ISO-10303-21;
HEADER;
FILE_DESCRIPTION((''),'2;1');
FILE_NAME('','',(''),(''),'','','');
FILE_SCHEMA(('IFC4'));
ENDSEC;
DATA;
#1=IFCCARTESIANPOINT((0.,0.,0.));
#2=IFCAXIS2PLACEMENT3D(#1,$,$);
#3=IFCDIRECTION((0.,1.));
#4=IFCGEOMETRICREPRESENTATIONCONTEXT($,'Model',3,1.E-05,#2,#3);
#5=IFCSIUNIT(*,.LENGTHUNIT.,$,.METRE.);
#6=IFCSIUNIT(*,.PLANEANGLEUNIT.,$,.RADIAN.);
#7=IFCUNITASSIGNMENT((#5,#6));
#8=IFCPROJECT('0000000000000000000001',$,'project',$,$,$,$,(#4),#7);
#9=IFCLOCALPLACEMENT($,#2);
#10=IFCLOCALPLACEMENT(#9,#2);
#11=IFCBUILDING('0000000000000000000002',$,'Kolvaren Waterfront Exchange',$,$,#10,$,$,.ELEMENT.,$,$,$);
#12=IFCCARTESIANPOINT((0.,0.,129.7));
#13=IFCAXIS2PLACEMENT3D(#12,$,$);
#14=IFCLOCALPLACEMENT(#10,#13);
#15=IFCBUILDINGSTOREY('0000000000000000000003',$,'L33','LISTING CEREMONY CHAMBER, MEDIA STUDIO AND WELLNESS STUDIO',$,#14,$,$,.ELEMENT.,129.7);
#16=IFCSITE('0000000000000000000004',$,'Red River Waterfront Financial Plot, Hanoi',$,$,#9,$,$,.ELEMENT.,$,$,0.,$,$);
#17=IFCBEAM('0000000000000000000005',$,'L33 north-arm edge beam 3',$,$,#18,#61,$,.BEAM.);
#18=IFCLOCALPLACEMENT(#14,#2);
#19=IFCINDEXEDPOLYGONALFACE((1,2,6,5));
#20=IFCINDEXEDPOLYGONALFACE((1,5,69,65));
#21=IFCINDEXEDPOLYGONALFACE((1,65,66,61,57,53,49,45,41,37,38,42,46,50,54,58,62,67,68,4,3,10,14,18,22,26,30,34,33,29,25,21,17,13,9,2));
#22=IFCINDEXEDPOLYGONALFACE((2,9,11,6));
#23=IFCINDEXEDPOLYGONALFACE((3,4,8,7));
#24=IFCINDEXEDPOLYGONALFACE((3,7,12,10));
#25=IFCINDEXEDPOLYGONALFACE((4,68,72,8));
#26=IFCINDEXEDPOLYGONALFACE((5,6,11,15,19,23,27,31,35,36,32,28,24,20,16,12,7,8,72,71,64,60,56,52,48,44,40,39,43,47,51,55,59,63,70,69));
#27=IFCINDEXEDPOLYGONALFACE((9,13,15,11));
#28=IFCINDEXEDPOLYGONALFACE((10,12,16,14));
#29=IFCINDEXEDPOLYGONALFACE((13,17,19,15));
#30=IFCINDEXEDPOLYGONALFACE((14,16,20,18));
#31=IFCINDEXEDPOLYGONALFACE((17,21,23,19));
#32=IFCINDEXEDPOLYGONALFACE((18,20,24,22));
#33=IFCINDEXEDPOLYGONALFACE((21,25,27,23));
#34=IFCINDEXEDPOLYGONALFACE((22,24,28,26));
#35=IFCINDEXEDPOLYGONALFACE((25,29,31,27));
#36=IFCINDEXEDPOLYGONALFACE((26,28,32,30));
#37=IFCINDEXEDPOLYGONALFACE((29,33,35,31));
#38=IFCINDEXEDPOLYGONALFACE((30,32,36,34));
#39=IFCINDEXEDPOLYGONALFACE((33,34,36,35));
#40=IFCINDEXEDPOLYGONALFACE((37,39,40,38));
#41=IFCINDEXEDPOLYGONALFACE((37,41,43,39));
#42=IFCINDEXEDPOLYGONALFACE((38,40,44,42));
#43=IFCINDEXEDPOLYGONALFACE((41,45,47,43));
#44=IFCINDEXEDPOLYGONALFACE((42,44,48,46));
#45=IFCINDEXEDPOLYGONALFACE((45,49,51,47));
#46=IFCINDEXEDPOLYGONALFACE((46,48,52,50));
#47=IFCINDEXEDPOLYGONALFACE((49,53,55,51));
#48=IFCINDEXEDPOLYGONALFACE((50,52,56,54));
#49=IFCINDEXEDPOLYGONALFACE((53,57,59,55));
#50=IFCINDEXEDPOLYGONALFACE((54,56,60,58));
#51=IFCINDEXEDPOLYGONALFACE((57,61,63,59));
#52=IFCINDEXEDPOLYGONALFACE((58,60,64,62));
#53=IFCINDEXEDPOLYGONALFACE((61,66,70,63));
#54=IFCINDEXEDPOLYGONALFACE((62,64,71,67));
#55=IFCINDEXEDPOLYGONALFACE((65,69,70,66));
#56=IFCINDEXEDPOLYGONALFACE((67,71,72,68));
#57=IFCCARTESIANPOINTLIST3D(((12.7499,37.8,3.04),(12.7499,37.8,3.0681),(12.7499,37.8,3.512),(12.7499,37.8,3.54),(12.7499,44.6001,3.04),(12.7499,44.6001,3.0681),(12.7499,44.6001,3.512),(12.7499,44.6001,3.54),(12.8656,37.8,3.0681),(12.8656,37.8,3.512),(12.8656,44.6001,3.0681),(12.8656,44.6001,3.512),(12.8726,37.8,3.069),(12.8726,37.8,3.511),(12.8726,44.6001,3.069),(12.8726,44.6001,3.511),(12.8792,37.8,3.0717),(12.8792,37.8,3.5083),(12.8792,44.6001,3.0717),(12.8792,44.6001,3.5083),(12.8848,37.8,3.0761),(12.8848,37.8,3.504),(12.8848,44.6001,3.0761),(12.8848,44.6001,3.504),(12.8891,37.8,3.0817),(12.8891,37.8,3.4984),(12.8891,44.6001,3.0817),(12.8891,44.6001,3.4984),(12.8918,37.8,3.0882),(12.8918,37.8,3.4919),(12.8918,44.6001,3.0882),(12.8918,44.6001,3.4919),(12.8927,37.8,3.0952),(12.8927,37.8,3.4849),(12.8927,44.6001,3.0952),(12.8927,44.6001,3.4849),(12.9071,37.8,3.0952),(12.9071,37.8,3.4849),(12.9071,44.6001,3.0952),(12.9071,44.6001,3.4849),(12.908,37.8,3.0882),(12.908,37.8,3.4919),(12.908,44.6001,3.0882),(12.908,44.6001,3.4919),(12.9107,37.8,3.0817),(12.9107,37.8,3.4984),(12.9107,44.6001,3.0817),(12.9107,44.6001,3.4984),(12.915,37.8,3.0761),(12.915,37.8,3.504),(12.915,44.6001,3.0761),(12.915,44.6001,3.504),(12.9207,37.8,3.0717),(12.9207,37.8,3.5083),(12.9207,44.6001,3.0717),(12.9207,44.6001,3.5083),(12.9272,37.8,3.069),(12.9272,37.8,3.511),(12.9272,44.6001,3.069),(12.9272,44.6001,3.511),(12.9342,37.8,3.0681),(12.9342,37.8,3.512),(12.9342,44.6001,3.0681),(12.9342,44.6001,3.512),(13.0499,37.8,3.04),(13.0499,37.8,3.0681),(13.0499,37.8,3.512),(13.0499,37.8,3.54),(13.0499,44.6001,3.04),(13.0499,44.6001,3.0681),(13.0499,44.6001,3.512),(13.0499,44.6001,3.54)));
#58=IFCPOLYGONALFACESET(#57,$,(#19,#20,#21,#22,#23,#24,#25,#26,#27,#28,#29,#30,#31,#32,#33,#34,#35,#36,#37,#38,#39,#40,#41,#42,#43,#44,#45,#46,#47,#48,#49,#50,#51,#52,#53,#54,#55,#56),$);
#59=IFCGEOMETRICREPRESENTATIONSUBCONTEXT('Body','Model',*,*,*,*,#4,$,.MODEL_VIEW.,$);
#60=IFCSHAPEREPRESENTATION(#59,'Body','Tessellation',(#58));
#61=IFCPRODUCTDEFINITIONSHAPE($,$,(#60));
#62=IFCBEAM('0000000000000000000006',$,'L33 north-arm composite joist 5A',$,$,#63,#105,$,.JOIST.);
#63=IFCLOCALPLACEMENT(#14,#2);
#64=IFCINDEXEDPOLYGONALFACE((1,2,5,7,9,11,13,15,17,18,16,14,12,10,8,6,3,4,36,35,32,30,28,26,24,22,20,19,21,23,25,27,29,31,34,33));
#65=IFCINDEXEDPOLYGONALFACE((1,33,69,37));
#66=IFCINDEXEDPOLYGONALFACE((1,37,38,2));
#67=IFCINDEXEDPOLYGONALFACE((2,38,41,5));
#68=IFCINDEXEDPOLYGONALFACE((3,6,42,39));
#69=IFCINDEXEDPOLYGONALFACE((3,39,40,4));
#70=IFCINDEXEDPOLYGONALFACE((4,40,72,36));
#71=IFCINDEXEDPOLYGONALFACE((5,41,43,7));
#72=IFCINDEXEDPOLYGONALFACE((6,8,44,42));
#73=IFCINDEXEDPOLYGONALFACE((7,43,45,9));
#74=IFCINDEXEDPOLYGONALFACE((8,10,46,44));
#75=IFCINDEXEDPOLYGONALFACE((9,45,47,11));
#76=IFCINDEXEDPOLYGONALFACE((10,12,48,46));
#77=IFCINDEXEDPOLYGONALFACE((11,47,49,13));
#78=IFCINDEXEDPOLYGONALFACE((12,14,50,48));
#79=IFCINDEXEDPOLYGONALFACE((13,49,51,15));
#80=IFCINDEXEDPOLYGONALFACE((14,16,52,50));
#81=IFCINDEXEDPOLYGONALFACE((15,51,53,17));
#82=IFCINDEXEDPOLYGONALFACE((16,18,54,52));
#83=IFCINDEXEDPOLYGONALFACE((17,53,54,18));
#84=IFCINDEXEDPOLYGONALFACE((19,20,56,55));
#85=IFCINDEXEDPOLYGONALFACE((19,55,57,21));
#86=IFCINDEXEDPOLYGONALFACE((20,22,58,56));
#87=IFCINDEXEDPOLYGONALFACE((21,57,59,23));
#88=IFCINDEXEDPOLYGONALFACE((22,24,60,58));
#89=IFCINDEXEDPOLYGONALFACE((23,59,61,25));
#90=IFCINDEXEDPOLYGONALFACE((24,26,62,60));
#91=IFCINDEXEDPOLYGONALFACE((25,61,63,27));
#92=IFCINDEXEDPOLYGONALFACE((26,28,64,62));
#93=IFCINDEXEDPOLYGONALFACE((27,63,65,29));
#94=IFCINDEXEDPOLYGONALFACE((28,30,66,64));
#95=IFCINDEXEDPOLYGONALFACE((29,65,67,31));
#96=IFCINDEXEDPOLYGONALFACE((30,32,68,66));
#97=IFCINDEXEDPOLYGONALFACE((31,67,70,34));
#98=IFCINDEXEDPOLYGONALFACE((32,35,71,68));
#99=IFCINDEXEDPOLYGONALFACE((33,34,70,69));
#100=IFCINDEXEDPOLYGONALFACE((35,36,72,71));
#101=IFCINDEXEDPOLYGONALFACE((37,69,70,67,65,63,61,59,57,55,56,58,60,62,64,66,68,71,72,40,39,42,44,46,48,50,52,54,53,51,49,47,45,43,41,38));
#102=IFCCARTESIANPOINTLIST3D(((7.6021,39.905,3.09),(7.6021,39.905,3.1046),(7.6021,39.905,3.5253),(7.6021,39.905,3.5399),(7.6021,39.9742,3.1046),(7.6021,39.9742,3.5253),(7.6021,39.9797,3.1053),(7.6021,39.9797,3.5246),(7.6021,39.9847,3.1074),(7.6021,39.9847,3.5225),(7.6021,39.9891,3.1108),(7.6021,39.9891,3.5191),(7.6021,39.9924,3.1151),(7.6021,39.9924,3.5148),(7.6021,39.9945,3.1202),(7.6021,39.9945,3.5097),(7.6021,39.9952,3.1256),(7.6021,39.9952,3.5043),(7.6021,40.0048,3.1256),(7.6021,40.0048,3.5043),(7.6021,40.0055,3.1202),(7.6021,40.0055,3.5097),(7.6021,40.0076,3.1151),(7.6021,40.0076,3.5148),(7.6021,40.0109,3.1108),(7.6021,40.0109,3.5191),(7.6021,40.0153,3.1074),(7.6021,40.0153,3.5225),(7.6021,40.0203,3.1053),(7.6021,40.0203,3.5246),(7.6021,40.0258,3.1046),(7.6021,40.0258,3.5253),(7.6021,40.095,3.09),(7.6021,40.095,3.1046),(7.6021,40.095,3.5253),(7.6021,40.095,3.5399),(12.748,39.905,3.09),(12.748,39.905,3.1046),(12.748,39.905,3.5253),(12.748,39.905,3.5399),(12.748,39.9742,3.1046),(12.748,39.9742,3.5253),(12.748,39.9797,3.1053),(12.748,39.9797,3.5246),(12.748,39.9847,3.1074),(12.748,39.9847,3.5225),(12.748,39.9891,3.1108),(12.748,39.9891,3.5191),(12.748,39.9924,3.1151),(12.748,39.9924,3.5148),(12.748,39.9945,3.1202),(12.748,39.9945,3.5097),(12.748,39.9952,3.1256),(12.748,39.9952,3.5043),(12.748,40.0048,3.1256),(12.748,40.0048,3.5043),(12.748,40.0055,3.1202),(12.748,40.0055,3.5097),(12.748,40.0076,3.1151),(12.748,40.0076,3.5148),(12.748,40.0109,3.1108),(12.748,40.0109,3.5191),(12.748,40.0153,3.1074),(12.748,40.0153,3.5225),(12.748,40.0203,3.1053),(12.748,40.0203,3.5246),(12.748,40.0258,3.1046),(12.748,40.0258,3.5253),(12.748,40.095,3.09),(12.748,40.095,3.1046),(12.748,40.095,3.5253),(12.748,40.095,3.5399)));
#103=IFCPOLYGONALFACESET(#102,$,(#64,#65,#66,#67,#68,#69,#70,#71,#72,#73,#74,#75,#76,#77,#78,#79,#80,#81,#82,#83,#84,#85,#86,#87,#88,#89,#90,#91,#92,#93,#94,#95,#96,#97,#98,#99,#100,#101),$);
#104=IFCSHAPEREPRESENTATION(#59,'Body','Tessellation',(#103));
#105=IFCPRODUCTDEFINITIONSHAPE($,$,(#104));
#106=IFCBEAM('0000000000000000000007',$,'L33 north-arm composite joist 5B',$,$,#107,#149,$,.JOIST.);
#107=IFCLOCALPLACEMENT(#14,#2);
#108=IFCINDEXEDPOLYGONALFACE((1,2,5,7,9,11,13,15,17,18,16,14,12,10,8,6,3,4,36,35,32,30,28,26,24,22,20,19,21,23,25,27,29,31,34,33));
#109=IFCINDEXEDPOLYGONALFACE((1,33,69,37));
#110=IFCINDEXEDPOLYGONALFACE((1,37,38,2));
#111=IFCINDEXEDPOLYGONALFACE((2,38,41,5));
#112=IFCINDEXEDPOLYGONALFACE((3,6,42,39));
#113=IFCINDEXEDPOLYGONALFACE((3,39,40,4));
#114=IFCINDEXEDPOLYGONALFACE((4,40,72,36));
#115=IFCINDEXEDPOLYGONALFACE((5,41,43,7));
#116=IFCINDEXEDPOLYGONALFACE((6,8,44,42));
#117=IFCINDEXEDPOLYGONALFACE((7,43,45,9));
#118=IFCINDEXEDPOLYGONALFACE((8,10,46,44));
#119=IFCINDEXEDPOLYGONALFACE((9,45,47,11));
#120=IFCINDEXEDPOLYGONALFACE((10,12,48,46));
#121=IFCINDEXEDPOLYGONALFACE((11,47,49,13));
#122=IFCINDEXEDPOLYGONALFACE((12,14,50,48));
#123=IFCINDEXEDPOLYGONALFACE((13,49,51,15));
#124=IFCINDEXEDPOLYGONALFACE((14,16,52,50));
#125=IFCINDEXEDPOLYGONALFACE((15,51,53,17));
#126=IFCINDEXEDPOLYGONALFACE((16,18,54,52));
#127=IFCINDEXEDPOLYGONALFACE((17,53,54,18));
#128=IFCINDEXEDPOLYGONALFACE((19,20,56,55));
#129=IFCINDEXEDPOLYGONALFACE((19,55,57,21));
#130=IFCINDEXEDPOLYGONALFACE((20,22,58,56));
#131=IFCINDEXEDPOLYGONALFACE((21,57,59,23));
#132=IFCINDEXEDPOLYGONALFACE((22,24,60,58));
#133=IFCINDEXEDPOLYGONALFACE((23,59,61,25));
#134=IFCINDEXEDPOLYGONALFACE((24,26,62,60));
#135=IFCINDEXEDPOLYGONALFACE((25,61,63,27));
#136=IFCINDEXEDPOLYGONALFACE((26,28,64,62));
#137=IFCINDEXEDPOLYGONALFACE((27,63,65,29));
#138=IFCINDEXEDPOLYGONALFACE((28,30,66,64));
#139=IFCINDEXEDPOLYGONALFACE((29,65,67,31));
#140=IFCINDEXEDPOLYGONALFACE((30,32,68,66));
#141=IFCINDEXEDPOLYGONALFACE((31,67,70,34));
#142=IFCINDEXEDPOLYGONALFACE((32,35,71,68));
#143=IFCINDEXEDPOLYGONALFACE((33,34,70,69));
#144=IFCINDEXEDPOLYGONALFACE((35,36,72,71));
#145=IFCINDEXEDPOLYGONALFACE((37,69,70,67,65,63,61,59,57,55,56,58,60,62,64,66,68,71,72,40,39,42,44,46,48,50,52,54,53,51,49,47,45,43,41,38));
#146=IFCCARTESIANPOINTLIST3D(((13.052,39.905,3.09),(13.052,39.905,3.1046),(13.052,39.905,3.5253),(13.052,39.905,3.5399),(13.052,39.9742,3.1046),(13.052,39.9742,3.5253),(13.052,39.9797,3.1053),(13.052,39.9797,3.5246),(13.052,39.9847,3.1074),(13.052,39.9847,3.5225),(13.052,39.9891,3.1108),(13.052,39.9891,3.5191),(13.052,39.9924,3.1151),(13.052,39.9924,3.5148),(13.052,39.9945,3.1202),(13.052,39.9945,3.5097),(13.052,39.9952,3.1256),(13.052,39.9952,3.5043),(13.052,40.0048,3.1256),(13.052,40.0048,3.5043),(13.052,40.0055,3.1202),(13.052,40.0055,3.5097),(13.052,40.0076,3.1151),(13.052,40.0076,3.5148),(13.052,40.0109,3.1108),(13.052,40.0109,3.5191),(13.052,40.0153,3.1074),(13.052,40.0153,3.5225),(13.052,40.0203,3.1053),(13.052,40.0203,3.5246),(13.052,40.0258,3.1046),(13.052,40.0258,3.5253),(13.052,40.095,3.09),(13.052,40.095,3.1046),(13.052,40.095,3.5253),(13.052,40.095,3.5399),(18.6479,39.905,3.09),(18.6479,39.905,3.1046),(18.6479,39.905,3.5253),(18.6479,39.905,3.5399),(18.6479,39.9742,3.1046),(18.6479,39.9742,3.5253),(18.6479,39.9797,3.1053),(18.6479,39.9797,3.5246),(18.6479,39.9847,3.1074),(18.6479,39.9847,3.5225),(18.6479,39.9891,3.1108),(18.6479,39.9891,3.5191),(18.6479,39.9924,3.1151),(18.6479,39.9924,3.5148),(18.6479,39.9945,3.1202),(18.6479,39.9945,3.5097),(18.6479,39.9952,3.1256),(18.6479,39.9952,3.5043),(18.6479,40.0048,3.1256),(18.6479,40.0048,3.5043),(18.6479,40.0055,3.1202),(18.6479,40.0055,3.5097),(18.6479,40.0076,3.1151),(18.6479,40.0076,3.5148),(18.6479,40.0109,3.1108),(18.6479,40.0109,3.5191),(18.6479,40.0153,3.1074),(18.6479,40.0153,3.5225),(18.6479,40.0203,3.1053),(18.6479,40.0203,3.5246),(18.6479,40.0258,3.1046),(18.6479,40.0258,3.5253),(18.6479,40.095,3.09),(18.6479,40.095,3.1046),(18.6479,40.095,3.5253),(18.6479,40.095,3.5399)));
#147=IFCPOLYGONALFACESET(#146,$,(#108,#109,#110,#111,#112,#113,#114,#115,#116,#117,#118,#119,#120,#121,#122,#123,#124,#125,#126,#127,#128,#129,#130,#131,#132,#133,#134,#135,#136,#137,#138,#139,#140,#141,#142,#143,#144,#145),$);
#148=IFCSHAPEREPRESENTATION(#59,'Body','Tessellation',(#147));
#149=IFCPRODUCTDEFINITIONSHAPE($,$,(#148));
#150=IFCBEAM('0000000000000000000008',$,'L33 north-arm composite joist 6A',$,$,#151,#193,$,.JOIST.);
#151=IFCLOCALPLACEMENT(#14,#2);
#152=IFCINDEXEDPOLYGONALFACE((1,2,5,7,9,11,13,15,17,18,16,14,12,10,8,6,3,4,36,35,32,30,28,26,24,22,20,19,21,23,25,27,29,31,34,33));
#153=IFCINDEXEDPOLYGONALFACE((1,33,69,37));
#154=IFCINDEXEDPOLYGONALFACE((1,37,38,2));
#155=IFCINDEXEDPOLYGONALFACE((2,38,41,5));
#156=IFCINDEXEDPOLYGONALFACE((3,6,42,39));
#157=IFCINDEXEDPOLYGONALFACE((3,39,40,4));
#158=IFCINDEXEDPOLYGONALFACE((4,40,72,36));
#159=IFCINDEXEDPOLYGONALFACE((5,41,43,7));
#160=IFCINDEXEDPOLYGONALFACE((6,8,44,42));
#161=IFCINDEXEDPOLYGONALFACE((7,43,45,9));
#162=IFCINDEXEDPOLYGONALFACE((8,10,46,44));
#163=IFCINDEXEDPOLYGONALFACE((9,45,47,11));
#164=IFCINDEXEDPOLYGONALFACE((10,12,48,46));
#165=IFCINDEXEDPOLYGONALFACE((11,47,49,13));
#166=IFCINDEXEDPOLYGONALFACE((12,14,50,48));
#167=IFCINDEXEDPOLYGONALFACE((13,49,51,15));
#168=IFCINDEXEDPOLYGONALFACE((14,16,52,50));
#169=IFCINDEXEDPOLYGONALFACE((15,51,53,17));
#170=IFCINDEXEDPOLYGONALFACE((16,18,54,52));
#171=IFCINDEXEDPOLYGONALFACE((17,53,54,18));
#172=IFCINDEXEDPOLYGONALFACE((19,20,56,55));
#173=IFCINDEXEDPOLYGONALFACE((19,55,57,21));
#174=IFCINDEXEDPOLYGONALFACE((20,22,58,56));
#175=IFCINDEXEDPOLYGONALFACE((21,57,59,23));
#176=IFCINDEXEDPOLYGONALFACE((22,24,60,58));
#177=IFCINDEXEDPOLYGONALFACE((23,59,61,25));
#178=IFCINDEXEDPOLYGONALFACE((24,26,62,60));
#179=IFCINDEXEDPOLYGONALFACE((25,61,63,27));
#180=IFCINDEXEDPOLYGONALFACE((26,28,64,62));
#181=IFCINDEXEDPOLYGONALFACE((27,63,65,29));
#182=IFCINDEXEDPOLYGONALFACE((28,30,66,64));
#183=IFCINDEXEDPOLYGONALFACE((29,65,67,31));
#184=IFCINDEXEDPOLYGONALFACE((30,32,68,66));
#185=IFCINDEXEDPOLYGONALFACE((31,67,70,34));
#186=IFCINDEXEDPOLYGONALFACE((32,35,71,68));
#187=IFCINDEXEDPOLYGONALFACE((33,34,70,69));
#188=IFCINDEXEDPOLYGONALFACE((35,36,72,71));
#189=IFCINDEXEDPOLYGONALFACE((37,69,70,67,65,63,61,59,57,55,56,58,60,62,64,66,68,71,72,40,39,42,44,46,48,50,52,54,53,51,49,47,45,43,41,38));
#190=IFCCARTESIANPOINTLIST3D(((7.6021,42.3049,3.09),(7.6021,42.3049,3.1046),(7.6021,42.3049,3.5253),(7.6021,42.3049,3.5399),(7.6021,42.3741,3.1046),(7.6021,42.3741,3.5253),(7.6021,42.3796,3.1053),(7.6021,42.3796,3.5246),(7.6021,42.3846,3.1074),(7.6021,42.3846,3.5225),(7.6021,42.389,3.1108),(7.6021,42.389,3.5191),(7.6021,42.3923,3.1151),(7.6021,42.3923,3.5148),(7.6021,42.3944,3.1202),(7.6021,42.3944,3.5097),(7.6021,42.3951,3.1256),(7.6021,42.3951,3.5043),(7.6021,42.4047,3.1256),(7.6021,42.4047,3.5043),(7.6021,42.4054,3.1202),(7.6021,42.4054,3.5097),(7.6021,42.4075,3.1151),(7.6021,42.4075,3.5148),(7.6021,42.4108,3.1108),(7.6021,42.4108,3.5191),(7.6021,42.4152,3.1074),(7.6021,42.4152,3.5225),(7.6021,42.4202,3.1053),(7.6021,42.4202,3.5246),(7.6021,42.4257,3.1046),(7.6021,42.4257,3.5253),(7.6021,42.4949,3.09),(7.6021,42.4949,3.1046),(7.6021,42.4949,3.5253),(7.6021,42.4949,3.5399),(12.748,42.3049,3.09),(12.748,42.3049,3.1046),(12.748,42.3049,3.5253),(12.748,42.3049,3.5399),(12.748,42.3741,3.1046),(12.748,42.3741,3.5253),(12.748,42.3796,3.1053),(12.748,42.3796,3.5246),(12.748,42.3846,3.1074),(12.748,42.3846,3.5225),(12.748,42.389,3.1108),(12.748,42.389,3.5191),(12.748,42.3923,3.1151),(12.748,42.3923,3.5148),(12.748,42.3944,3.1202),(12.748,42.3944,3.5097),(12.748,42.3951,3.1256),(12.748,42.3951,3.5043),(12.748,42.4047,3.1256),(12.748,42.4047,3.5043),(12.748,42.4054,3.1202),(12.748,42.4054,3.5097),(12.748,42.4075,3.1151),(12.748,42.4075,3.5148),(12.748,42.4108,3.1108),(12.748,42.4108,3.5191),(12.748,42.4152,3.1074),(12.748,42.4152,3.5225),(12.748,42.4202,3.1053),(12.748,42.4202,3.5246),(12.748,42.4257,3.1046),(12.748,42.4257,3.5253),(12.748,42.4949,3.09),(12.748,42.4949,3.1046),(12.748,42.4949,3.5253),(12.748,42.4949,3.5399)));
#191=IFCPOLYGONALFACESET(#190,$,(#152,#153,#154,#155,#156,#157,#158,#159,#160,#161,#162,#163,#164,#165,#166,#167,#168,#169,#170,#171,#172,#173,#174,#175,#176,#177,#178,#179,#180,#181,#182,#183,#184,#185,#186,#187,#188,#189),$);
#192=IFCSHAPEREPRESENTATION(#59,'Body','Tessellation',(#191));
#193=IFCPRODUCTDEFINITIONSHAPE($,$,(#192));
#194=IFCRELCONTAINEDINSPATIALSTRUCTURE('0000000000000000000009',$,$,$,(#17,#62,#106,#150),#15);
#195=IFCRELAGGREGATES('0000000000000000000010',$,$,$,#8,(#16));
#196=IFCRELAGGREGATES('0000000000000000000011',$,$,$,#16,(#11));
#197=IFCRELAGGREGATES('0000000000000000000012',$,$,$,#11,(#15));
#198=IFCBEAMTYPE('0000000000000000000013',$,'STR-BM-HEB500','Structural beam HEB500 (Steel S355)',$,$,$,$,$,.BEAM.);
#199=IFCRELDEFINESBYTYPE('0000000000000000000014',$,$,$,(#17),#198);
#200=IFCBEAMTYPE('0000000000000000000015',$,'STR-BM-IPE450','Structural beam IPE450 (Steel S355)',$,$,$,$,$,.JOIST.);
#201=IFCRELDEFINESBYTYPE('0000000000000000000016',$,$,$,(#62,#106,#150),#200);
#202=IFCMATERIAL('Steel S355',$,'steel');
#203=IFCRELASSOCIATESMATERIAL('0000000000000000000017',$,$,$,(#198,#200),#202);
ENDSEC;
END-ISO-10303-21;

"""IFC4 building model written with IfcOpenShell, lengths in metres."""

from ifc_helpers import new_model, si_unit, direction, frame, origin, origin_2d, place, context, subcontext, project, spatial, i_section, extrude, material, material_profile, profile_set, type_object, element, save


model = new_model("IFC4")

# Units and contexts
model_context = context("Model", 3, precision=1e-05, world=origin(), true_north=direction((0.0, 1.0)))
body_context = subcontext(model_context, "Body", "Model", "MODEL_VIEW")
ifc_project = project(units=[si_unit("LENGTHUNIT", "METRE"), si_unit("PLANEANGLEUNIT", "RADIAN")], contexts=[model_context])

# Site, building, storey
site_placement = place(None, origin())
site = spatial("IfcSite", under=ifc_project, at=site_placement, Name="Red River Waterfront Financial Plot, Hanoi", CompositionType="ELEMENT", RefElevation=0.0)
building_placement = place(site_placement, origin())
building = spatial("IfcBuilding", under=site, at=building_placement, Name="Kolvaren Waterfront Exchange", CompositionType="ELEMENT")
storey_placement = place(building_placement, frame((0.0, 0.0, 129.7)))
storey = spatial("IfcBuildingStorey", under=building, at=storey_placement, Name="L33", Description="LISTING CEREMONY CHAMBER, MEDIA STUDIO AND WELLNESS STUDIO", CompositionType="ELEMENT", Elevation=129.7)

# Beams
ifc_material_1 = material(Name="Steel S355", Category="steel")
ifc_material_profile_1 = material_profile(ifc_material_1, i_section(OverallWidth=0.3, OverallDepth=0.5, WebThickness=0.0144, FlangeThickness=0.0281, FilletRadius=0.0271, at=origin_2d()), Name="HEB500")
ifc_profile_set_1 = profile_set([ifc_material_profile_1], Name="Steel S355")
beam_type_1 = type_object("IfcBeamType", Name="STR-BM-HEB500", Description="Structural beam HEB500 (Steel S355)", PredefinedType="BEAM", material=ifc_profile_set_1)
beam_1_placement = place(storey_placement, frame((12.8999, 37.8, 3.29), z_axis=(0.0, 1.0, 0.0), x_axis=(-1.0, 0.0, 0.0)))
element("IfcBeam", 1, at=beam_1_placement, inside=storey, type_object=beam_type_1, Name="L33 north-arm edge beam 3", PredefinedType="BEAM", context=body_context, shape_type="SweptSolid", body=[
    extrude(i_section(OverallWidth=0.3, OverallDepth=0.5, WebThickness=0.0144, FlangeThickness=0.0281, FilletRadius=0.0271, at=origin_2d()), origin(), (0.0, 0.0, 1.0), 6.8),
])
ifc_material_profile_2 = material_profile(ifc_material_1, i_section(OverallWidth=0.1899, OverallDepth=0.45, WebThickness=0.0095, FlangeThickness=0.0146, FilletRadius=0.021, at=origin_2d()), Name="IPE450")
ifc_profile_set_2 = profile_set([ifc_material_profile_2], Name="Steel S355")
beam_type_2 = type_object("IfcBeamType", Name="STR-BM-IPE450", Description="Structural beam IPE450 (Steel S355)", PredefinedType="JOIST", material=ifc_profile_set_2)
beam_2_placement = place(storey_placement, frame((7.6021, 40.0, 3.3149), z_axis=(1.0, 0.0, 0.0), x_axis=(0.0, 1.0, 0.0)))
element("IfcBeam", 2, at=beam_2_placement, inside=storey, type_object=beam_type_2, Name="L33 north-arm composite joist 5A", PredefinedType="JOIST", context=body_context, shape_type="SweptSolid", body=[
    extrude(i_section(OverallWidth=0.1899, OverallDepth=0.45, WebThickness=0.0095, FlangeThickness=0.0146, FilletRadius=0.021, at=origin_2d()), origin(), (0.0, 0.0, 1.0), 5.146),
])
beam_3_placement = place(storey_placement, frame((13.052, 40.0, 3.3149), z_axis=(1.0, 0.0, 0.0), x_axis=(0.0, 1.0, 0.0)))
element("IfcBeam", 3, at=beam_3_placement, inside=storey, type_object=beam_type_2, Name="L33 north-arm composite joist 5B", PredefinedType="JOIST", context=body_context, shape_type="SweptSolid", body=[
    extrude(i_section(OverallWidth=0.1899, OverallDepth=0.45, WebThickness=0.0095, FlangeThickness=0.0146, FilletRadius=0.021, at=origin_2d()), origin(), (0.0, 0.0, 1.0), 5.5959),
])
beam_4_placement = place(storey_placement, frame((7.6021, 42.3999, 3.3149), z_axis=(1.0, 0.0, 0.0), x_axis=(0.0, 1.0, 0.0)))
element("IfcBeam", 4, at=beam_4_placement, inside=storey, type_object=beam_type_2, Name="L33 north-arm composite joist 6A", PredefinedType="JOIST", context=body_context, shape_type="SweptSolid", body=[
    extrude(i_section(OverallWidth=0.1899, OverallDepth=0.45, WebThickness=0.0095, FlangeThickness=0.0146, FilletRadius=0.021, at=origin_2d()), origin(), (0.0, 0.0, 1.0), 5.146),
])

save(model, "model.ifc")
